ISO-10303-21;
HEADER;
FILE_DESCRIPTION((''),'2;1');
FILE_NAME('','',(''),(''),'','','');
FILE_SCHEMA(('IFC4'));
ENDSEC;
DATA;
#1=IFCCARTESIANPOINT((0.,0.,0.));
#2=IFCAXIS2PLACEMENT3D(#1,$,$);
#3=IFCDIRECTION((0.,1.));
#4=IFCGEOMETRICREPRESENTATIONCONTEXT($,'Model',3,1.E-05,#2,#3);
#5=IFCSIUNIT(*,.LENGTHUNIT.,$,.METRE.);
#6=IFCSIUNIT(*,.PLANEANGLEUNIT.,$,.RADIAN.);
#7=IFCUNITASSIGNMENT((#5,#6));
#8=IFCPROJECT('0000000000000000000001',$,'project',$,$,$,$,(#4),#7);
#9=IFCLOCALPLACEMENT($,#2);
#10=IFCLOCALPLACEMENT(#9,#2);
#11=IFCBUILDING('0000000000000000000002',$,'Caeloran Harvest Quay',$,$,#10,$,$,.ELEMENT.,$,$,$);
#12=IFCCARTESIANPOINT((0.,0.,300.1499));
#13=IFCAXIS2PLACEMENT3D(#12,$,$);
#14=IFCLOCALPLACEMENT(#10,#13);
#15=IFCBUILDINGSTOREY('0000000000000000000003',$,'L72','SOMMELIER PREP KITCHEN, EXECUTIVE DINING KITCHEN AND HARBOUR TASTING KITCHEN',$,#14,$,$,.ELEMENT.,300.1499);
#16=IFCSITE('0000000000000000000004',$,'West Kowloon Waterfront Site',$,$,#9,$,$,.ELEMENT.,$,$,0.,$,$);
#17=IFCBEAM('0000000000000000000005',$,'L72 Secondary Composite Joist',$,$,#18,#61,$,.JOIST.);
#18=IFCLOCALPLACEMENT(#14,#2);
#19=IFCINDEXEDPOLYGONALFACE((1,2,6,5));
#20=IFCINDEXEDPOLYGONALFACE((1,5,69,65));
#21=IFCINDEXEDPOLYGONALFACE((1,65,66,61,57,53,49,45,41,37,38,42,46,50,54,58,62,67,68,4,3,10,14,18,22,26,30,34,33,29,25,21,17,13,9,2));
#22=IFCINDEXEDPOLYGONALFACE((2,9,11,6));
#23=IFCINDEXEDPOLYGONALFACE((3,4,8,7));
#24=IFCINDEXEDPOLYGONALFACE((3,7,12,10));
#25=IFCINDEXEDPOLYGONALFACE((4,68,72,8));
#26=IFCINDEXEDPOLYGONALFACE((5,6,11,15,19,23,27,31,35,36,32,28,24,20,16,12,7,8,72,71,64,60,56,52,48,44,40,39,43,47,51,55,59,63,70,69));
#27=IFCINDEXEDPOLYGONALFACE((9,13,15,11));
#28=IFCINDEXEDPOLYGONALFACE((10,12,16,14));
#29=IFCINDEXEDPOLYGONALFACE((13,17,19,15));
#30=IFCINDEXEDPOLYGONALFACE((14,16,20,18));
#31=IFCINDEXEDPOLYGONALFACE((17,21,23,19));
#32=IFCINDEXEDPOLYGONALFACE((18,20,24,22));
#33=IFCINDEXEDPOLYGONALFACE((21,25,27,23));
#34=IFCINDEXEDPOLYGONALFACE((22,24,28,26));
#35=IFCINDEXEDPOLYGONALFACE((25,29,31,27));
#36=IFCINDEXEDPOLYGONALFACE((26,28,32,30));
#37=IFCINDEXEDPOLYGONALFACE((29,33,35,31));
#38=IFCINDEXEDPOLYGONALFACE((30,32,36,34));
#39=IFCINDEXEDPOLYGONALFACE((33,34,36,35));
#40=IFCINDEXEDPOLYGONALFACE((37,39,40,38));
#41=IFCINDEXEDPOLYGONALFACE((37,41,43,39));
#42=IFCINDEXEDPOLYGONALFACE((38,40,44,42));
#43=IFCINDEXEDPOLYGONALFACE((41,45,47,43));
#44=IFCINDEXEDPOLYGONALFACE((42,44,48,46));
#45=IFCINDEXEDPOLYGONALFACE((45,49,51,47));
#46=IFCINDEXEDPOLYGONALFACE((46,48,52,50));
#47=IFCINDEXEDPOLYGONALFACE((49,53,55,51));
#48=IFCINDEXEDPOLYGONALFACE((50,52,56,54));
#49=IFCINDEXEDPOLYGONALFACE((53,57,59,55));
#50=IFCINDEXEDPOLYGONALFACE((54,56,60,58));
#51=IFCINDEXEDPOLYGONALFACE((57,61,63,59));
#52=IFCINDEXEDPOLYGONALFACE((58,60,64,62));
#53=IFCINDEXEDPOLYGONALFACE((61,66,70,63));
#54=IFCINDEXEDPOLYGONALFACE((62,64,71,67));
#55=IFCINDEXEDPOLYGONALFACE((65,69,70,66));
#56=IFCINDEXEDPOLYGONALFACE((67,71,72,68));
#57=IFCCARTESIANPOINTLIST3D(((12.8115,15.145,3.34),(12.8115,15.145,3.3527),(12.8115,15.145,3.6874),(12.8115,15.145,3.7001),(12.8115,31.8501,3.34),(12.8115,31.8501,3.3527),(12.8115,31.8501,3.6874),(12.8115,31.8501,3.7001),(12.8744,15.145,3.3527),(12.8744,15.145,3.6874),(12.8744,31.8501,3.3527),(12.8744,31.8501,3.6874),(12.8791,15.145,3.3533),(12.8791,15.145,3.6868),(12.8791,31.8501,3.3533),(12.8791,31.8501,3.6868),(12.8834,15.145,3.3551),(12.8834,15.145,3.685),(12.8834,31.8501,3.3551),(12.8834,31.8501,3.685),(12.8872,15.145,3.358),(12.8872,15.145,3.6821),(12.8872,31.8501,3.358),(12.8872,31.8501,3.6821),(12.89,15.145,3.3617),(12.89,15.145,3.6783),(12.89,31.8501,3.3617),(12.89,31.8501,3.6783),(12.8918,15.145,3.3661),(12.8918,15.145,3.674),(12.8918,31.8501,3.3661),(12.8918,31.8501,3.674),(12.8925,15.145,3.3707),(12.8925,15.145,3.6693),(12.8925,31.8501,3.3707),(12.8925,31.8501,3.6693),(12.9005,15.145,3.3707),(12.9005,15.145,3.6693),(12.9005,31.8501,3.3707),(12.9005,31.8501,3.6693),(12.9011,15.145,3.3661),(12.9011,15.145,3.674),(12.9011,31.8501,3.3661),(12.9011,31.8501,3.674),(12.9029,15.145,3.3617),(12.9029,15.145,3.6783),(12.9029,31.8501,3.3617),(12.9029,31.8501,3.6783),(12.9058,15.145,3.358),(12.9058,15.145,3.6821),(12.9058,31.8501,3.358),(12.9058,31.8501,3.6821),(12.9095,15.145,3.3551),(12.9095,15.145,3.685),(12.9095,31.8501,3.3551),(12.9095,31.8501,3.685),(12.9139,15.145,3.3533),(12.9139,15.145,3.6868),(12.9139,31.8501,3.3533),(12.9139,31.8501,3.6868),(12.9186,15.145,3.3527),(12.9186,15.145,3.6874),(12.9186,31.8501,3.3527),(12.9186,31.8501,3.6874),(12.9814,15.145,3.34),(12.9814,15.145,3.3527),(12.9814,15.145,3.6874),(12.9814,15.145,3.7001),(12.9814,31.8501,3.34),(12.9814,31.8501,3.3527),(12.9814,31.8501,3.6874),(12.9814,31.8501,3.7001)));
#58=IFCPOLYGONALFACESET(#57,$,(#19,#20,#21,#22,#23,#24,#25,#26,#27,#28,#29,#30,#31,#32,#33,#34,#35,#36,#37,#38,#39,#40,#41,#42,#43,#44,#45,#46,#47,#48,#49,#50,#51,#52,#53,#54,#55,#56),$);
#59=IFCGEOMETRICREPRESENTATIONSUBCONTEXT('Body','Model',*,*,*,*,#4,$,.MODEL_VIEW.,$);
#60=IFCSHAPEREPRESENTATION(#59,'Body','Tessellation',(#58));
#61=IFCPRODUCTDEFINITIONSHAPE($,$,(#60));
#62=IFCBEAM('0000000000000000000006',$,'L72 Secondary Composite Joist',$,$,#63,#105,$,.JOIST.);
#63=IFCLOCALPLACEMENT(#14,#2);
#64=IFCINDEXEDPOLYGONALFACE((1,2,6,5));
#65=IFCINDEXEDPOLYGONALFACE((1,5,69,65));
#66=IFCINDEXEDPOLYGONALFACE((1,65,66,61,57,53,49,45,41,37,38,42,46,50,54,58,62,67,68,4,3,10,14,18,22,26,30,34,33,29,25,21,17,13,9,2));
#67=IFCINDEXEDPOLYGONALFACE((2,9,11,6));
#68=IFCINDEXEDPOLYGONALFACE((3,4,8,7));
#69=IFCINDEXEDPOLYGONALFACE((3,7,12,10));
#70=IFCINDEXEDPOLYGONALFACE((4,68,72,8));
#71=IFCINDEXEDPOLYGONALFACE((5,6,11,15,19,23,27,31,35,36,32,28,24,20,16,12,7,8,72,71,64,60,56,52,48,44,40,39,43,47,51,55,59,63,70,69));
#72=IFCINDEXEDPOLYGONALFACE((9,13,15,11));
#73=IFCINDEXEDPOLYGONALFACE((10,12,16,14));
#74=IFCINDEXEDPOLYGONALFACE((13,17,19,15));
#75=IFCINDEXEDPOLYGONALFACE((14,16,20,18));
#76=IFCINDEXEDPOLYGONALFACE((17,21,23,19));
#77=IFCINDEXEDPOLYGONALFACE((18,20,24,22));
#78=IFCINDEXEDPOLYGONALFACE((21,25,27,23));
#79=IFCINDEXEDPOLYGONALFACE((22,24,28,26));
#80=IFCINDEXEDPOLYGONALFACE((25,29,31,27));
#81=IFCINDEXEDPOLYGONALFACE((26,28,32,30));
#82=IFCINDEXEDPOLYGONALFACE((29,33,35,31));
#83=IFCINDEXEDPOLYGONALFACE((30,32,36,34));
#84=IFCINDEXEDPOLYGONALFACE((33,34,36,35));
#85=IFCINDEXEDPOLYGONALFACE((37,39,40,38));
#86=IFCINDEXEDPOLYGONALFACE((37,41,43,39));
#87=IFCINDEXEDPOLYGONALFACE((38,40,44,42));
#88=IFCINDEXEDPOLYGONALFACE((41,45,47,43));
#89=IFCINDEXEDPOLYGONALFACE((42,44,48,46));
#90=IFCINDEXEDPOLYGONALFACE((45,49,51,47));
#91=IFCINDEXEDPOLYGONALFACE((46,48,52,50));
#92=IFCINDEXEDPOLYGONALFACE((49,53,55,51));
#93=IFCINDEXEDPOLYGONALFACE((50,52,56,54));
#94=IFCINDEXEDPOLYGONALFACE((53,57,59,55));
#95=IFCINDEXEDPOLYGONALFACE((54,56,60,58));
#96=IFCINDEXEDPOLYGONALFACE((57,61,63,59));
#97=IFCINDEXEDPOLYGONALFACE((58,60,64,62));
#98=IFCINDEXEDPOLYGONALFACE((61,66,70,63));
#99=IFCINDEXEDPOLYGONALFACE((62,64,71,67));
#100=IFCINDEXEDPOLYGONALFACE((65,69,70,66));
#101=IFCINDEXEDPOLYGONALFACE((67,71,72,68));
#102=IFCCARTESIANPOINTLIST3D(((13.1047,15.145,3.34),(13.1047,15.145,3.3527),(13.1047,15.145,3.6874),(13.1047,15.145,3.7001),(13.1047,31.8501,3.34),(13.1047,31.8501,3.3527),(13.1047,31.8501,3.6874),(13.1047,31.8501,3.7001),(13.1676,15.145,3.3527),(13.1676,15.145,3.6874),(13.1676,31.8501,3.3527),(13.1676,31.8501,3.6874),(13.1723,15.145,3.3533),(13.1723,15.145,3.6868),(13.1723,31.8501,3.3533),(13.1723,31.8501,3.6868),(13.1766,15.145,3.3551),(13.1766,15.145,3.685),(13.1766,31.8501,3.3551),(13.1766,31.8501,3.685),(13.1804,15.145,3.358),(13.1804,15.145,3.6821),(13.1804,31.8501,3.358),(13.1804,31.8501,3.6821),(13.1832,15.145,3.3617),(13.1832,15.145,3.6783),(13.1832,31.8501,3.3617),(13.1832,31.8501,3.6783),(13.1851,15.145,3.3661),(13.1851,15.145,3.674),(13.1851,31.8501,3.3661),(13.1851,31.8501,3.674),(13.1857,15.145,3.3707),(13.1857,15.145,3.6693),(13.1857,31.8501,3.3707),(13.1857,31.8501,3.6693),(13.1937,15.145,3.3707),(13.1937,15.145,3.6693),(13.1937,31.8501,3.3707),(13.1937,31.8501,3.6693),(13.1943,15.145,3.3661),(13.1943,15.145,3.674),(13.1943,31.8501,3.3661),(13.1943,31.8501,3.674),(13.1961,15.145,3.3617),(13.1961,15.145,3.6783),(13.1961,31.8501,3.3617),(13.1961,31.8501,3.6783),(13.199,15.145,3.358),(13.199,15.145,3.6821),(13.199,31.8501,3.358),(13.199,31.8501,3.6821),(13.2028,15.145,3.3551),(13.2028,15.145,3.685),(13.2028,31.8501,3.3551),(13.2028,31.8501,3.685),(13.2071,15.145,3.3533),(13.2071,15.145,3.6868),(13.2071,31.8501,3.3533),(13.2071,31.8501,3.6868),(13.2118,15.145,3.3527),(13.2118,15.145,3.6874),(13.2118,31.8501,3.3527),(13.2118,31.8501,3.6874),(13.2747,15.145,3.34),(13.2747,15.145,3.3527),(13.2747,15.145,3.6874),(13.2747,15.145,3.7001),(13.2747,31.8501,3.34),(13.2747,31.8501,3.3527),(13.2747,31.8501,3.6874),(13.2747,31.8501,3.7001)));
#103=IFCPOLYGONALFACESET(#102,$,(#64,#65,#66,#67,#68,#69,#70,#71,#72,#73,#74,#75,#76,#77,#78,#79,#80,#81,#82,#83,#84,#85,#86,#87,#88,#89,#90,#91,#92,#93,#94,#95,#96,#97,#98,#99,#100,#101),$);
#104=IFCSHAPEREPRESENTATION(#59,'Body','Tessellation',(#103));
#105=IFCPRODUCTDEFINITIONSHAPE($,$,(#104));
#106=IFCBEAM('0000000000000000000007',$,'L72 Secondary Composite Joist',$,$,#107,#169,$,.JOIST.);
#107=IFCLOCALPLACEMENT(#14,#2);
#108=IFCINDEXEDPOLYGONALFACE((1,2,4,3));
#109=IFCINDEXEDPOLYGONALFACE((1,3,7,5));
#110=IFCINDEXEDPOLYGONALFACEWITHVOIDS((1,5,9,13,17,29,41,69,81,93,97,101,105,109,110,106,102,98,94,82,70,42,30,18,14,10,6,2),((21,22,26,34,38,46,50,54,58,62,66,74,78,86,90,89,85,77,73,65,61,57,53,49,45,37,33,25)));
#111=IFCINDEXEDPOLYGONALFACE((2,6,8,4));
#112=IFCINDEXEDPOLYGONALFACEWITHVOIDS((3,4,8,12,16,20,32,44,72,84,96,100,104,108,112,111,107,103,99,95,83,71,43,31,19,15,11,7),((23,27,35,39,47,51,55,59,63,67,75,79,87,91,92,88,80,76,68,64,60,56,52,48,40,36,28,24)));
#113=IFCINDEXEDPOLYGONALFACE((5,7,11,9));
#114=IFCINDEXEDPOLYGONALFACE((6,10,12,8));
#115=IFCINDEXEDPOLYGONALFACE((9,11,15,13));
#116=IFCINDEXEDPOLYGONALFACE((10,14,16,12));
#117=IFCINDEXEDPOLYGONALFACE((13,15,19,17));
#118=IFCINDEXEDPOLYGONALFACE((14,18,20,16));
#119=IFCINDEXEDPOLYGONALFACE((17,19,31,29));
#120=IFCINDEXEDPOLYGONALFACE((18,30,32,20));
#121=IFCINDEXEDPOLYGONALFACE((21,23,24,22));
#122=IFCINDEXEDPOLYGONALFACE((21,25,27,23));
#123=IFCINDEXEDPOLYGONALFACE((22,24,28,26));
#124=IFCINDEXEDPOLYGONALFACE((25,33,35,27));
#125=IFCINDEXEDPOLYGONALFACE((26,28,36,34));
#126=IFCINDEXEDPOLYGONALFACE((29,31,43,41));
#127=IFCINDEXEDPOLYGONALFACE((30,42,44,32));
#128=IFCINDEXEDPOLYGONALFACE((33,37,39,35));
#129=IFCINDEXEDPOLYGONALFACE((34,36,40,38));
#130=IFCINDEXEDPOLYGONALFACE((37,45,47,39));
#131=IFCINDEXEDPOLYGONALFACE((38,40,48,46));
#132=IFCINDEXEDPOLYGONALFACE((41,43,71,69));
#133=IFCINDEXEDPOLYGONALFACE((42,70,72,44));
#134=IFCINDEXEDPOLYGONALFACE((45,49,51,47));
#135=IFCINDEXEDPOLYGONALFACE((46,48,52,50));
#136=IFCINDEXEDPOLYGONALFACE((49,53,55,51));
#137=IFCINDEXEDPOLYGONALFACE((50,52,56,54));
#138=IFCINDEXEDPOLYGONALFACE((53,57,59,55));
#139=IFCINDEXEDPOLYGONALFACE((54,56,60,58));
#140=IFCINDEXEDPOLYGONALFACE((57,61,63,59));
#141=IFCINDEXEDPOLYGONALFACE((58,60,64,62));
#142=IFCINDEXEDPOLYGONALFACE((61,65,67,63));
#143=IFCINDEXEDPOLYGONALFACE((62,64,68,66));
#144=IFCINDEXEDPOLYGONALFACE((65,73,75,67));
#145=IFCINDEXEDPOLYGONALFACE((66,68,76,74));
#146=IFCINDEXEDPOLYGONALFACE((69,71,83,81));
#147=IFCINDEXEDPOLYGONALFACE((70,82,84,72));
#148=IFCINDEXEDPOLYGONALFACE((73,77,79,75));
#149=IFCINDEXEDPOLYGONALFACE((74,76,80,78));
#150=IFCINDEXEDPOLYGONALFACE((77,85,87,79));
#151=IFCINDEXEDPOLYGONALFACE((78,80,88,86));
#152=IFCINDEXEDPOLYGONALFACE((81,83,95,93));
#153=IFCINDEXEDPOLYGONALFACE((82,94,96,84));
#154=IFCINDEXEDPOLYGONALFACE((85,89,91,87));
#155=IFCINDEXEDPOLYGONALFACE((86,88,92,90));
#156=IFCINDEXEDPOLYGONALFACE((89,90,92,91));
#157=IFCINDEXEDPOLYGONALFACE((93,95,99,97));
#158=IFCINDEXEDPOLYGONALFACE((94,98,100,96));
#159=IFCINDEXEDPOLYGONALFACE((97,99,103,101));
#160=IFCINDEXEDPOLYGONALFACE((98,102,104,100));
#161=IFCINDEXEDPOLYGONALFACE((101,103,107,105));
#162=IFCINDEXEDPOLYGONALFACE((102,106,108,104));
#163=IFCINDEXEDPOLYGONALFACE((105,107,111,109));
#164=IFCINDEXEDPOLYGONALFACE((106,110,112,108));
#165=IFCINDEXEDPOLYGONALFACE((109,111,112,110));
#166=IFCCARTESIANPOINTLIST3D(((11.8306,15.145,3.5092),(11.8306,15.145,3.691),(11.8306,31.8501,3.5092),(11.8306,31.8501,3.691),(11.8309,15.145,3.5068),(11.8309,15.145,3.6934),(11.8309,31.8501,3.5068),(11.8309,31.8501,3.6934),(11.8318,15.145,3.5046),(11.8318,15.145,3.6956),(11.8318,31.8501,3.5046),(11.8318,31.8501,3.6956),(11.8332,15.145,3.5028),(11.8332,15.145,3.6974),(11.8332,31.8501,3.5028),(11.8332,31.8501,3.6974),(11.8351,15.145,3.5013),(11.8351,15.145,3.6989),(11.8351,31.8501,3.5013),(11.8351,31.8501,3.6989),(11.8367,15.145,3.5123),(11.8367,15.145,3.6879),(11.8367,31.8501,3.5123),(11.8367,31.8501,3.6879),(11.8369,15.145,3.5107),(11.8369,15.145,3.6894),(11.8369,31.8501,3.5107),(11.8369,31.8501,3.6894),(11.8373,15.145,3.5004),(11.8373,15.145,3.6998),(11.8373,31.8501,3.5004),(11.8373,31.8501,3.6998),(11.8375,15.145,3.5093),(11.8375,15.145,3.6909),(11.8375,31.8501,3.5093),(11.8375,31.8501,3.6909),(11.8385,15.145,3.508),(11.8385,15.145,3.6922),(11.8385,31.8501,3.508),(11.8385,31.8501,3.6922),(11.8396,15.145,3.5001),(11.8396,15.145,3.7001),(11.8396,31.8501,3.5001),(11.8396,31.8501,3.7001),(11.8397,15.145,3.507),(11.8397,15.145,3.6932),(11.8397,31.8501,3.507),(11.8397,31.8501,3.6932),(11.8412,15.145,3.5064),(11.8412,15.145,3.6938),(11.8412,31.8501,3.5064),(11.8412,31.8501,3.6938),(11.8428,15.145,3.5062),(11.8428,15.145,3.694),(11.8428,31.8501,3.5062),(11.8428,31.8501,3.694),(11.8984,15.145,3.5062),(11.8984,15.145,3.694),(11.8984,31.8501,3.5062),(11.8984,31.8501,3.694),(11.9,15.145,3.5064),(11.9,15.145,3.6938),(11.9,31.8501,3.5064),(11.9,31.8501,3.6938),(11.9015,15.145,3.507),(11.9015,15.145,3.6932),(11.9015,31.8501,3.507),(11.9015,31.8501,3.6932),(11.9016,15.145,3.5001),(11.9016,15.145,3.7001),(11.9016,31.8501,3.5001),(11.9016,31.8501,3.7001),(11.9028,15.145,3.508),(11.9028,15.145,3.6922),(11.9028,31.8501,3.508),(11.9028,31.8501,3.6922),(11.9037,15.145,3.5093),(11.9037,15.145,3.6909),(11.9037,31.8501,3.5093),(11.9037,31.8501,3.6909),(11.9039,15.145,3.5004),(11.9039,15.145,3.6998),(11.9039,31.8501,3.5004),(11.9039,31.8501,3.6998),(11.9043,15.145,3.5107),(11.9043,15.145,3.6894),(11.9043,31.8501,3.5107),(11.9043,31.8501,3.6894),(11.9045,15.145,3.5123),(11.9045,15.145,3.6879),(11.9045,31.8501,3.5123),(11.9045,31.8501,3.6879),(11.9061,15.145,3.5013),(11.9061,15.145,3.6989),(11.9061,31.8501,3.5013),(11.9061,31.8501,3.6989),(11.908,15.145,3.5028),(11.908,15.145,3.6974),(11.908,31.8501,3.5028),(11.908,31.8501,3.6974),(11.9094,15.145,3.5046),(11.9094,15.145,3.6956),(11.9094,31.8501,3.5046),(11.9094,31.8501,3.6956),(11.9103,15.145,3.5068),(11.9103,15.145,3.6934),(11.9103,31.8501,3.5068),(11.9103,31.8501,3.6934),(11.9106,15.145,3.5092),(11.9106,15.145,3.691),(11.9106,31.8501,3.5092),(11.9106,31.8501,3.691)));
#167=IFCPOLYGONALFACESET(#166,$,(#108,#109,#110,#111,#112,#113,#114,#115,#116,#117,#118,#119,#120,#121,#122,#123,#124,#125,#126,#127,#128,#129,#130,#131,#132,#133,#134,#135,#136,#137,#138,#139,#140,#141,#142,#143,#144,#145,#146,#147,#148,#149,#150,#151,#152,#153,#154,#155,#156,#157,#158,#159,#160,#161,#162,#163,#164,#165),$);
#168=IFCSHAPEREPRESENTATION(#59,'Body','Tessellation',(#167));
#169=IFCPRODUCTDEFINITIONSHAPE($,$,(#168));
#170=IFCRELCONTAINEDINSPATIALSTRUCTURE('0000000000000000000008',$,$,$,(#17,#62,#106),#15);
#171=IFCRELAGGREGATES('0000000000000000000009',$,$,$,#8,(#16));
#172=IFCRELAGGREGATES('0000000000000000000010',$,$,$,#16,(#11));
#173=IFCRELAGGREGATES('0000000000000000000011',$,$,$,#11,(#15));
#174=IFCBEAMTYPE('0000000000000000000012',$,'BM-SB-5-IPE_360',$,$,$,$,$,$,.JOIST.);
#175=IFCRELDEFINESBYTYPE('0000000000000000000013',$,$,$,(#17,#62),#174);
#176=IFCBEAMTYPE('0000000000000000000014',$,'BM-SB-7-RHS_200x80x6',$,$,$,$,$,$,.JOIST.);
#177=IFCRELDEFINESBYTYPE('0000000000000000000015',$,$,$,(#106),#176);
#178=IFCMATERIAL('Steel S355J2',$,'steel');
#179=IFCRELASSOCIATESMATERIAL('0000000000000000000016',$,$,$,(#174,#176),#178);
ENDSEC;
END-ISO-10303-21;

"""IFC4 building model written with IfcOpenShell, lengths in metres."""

from ifc_helpers import new_model, si_unit, direction, frame, origin, origin_2d, place, context, subcontext, project, spatial, hollow_rectangle, i_section, extrude, material, material_profile, profile_set, type_object, element, save


model = new_model("IFC4")

# Units and contexts
model_context = context("Model", 3, precision=1e-05, world=origin(), true_north=direction((0.0, 1.0)))
body_context = subcontext(model_context, "Body", "Model", "MODEL_VIEW")
ifc_project = project(units=[si_unit("LENGTHUNIT", "METRE"), si_unit("PLANEANGLEUNIT", "RADIAN")], contexts=[model_context])

# Site, building, storey
site_placement = place(None, origin())
site = spatial("IfcSite", under=ifc_project, at=site_placement, Name="West Kowloon Waterfront Site", CompositionType="ELEMENT", RefElevation=0.0)
building_placement = place(site_placement, origin())
building = spatial("IfcBuilding", under=site, at=building_placement, Name="Caeloran Harvest Quay", CompositionType="ELEMENT")
storey_placement = place(building_placement, frame((0.0, 0.0, 300.1499)))
storey = spatial("IfcBuildingStorey", under=building, at=storey_placement, Name="L72", Description="SOMMELIER PREP KITCHEN, EXECUTIVE DINING KITCHEN AND HARBOUR TASTING KITCHEN", CompositionType="ELEMENT", Elevation=300.1499)

# Beams
ifc_material_1 = material(Name="Steel S355J2", Category="steel")
ifc_material_profile_1 = material_profile(ifc_material_1, i_section(OverallWidth=0.1699, OverallDepth=0.3601, WebThickness=0.0081, FlangeThickness=0.0127, FilletRadius=0.0181, at=origin_2d()), Name="IPE 360")
ifc_profile_set_1 = profile_set([ifc_material_profile_1], Name="Steel S355J2")
beam_type_1 = type_object("IfcBeamType", Name="BM-SB-5-IPE_360", PredefinedType="JOIST", material=ifc_profile_set_1)
for number, where, z_axis, x_axis, name in (
    (1, (12.8965, 15.145, 3.52), (0.0, 1.0, 0.0), (-1.0, 0.0, 0.0), "L72 Secondary Composite Joist"),
    (2, (13.1897, 15.145, 3.52), (0.0, 1.0, 0.0), (-1.0, 0.0, 0.0), "L72 Secondary Composite Joist"),
):
    element("IfcBeam", number, at=place(storey_placement, frame(where, z_axis=z_axis, x_axis=x_axis)), inside=storey, type_object=beam_type_1, Name=name, PredefinedType="JOIST", context=body_context, shape_type="SweptSolid", body=[
        extrude(i_section(OverallWidth=0.1699, OverallDepth=0.3601, WebThickness=0.0081, FlangeThickness=0.0127, FilletRadius=0.0181, at=origin_2d()), origin(), (0.0, 0.0, 1.0), 16.7051),
    ])
ifc_material_profile_2 = material_profile(ifc_material_1, hollow_rectangle(XDim=0.0801, YDim=0.2, WallThickness=0.0061, InnerFilletRadius=0.0061, OuterFilletRadius=0.009, at=origin_2d()), Name="RHS 200x80x6")
ifc_profile_set_2 = profile_set([ifc_material_profile_2], Name="Steel S355J2")
beam_type_2 = type_object("IfcBeamType", Name="BM-SB-7-RHS_200x80x6", PredefinedType="JOIST", material=ifc_profile_set_2)
for number, where, z_axis, x_axis, name in (
    (3, (11.8706, 15.145, 3.6001), (0.0, 1.0, 0.0), (-1.0, 0.0, 0.0), "L72 Secondary Composite Joist"),
):
    element("IfcBeam", number, at=place(storey_placement, frame(where, z_axis=z_axis, x_axis=x_axis)), inside=storey, type_object=beam_type_2, Name=name, PredefinedType="JOIST", context=body_context, shape_type="SweptSolid", body=[
        extrude(hollow_rectangle(XDim=0.0801, YDim=0.2, WallThickness=0.0061, InnerFilletRadius=0.0061, OuterFilletRadius=0.009, at=origin_2d()), origin(), (0.0, 0.0, 1.0), 16.7051),
    ])

save(model, "model.ifc")
